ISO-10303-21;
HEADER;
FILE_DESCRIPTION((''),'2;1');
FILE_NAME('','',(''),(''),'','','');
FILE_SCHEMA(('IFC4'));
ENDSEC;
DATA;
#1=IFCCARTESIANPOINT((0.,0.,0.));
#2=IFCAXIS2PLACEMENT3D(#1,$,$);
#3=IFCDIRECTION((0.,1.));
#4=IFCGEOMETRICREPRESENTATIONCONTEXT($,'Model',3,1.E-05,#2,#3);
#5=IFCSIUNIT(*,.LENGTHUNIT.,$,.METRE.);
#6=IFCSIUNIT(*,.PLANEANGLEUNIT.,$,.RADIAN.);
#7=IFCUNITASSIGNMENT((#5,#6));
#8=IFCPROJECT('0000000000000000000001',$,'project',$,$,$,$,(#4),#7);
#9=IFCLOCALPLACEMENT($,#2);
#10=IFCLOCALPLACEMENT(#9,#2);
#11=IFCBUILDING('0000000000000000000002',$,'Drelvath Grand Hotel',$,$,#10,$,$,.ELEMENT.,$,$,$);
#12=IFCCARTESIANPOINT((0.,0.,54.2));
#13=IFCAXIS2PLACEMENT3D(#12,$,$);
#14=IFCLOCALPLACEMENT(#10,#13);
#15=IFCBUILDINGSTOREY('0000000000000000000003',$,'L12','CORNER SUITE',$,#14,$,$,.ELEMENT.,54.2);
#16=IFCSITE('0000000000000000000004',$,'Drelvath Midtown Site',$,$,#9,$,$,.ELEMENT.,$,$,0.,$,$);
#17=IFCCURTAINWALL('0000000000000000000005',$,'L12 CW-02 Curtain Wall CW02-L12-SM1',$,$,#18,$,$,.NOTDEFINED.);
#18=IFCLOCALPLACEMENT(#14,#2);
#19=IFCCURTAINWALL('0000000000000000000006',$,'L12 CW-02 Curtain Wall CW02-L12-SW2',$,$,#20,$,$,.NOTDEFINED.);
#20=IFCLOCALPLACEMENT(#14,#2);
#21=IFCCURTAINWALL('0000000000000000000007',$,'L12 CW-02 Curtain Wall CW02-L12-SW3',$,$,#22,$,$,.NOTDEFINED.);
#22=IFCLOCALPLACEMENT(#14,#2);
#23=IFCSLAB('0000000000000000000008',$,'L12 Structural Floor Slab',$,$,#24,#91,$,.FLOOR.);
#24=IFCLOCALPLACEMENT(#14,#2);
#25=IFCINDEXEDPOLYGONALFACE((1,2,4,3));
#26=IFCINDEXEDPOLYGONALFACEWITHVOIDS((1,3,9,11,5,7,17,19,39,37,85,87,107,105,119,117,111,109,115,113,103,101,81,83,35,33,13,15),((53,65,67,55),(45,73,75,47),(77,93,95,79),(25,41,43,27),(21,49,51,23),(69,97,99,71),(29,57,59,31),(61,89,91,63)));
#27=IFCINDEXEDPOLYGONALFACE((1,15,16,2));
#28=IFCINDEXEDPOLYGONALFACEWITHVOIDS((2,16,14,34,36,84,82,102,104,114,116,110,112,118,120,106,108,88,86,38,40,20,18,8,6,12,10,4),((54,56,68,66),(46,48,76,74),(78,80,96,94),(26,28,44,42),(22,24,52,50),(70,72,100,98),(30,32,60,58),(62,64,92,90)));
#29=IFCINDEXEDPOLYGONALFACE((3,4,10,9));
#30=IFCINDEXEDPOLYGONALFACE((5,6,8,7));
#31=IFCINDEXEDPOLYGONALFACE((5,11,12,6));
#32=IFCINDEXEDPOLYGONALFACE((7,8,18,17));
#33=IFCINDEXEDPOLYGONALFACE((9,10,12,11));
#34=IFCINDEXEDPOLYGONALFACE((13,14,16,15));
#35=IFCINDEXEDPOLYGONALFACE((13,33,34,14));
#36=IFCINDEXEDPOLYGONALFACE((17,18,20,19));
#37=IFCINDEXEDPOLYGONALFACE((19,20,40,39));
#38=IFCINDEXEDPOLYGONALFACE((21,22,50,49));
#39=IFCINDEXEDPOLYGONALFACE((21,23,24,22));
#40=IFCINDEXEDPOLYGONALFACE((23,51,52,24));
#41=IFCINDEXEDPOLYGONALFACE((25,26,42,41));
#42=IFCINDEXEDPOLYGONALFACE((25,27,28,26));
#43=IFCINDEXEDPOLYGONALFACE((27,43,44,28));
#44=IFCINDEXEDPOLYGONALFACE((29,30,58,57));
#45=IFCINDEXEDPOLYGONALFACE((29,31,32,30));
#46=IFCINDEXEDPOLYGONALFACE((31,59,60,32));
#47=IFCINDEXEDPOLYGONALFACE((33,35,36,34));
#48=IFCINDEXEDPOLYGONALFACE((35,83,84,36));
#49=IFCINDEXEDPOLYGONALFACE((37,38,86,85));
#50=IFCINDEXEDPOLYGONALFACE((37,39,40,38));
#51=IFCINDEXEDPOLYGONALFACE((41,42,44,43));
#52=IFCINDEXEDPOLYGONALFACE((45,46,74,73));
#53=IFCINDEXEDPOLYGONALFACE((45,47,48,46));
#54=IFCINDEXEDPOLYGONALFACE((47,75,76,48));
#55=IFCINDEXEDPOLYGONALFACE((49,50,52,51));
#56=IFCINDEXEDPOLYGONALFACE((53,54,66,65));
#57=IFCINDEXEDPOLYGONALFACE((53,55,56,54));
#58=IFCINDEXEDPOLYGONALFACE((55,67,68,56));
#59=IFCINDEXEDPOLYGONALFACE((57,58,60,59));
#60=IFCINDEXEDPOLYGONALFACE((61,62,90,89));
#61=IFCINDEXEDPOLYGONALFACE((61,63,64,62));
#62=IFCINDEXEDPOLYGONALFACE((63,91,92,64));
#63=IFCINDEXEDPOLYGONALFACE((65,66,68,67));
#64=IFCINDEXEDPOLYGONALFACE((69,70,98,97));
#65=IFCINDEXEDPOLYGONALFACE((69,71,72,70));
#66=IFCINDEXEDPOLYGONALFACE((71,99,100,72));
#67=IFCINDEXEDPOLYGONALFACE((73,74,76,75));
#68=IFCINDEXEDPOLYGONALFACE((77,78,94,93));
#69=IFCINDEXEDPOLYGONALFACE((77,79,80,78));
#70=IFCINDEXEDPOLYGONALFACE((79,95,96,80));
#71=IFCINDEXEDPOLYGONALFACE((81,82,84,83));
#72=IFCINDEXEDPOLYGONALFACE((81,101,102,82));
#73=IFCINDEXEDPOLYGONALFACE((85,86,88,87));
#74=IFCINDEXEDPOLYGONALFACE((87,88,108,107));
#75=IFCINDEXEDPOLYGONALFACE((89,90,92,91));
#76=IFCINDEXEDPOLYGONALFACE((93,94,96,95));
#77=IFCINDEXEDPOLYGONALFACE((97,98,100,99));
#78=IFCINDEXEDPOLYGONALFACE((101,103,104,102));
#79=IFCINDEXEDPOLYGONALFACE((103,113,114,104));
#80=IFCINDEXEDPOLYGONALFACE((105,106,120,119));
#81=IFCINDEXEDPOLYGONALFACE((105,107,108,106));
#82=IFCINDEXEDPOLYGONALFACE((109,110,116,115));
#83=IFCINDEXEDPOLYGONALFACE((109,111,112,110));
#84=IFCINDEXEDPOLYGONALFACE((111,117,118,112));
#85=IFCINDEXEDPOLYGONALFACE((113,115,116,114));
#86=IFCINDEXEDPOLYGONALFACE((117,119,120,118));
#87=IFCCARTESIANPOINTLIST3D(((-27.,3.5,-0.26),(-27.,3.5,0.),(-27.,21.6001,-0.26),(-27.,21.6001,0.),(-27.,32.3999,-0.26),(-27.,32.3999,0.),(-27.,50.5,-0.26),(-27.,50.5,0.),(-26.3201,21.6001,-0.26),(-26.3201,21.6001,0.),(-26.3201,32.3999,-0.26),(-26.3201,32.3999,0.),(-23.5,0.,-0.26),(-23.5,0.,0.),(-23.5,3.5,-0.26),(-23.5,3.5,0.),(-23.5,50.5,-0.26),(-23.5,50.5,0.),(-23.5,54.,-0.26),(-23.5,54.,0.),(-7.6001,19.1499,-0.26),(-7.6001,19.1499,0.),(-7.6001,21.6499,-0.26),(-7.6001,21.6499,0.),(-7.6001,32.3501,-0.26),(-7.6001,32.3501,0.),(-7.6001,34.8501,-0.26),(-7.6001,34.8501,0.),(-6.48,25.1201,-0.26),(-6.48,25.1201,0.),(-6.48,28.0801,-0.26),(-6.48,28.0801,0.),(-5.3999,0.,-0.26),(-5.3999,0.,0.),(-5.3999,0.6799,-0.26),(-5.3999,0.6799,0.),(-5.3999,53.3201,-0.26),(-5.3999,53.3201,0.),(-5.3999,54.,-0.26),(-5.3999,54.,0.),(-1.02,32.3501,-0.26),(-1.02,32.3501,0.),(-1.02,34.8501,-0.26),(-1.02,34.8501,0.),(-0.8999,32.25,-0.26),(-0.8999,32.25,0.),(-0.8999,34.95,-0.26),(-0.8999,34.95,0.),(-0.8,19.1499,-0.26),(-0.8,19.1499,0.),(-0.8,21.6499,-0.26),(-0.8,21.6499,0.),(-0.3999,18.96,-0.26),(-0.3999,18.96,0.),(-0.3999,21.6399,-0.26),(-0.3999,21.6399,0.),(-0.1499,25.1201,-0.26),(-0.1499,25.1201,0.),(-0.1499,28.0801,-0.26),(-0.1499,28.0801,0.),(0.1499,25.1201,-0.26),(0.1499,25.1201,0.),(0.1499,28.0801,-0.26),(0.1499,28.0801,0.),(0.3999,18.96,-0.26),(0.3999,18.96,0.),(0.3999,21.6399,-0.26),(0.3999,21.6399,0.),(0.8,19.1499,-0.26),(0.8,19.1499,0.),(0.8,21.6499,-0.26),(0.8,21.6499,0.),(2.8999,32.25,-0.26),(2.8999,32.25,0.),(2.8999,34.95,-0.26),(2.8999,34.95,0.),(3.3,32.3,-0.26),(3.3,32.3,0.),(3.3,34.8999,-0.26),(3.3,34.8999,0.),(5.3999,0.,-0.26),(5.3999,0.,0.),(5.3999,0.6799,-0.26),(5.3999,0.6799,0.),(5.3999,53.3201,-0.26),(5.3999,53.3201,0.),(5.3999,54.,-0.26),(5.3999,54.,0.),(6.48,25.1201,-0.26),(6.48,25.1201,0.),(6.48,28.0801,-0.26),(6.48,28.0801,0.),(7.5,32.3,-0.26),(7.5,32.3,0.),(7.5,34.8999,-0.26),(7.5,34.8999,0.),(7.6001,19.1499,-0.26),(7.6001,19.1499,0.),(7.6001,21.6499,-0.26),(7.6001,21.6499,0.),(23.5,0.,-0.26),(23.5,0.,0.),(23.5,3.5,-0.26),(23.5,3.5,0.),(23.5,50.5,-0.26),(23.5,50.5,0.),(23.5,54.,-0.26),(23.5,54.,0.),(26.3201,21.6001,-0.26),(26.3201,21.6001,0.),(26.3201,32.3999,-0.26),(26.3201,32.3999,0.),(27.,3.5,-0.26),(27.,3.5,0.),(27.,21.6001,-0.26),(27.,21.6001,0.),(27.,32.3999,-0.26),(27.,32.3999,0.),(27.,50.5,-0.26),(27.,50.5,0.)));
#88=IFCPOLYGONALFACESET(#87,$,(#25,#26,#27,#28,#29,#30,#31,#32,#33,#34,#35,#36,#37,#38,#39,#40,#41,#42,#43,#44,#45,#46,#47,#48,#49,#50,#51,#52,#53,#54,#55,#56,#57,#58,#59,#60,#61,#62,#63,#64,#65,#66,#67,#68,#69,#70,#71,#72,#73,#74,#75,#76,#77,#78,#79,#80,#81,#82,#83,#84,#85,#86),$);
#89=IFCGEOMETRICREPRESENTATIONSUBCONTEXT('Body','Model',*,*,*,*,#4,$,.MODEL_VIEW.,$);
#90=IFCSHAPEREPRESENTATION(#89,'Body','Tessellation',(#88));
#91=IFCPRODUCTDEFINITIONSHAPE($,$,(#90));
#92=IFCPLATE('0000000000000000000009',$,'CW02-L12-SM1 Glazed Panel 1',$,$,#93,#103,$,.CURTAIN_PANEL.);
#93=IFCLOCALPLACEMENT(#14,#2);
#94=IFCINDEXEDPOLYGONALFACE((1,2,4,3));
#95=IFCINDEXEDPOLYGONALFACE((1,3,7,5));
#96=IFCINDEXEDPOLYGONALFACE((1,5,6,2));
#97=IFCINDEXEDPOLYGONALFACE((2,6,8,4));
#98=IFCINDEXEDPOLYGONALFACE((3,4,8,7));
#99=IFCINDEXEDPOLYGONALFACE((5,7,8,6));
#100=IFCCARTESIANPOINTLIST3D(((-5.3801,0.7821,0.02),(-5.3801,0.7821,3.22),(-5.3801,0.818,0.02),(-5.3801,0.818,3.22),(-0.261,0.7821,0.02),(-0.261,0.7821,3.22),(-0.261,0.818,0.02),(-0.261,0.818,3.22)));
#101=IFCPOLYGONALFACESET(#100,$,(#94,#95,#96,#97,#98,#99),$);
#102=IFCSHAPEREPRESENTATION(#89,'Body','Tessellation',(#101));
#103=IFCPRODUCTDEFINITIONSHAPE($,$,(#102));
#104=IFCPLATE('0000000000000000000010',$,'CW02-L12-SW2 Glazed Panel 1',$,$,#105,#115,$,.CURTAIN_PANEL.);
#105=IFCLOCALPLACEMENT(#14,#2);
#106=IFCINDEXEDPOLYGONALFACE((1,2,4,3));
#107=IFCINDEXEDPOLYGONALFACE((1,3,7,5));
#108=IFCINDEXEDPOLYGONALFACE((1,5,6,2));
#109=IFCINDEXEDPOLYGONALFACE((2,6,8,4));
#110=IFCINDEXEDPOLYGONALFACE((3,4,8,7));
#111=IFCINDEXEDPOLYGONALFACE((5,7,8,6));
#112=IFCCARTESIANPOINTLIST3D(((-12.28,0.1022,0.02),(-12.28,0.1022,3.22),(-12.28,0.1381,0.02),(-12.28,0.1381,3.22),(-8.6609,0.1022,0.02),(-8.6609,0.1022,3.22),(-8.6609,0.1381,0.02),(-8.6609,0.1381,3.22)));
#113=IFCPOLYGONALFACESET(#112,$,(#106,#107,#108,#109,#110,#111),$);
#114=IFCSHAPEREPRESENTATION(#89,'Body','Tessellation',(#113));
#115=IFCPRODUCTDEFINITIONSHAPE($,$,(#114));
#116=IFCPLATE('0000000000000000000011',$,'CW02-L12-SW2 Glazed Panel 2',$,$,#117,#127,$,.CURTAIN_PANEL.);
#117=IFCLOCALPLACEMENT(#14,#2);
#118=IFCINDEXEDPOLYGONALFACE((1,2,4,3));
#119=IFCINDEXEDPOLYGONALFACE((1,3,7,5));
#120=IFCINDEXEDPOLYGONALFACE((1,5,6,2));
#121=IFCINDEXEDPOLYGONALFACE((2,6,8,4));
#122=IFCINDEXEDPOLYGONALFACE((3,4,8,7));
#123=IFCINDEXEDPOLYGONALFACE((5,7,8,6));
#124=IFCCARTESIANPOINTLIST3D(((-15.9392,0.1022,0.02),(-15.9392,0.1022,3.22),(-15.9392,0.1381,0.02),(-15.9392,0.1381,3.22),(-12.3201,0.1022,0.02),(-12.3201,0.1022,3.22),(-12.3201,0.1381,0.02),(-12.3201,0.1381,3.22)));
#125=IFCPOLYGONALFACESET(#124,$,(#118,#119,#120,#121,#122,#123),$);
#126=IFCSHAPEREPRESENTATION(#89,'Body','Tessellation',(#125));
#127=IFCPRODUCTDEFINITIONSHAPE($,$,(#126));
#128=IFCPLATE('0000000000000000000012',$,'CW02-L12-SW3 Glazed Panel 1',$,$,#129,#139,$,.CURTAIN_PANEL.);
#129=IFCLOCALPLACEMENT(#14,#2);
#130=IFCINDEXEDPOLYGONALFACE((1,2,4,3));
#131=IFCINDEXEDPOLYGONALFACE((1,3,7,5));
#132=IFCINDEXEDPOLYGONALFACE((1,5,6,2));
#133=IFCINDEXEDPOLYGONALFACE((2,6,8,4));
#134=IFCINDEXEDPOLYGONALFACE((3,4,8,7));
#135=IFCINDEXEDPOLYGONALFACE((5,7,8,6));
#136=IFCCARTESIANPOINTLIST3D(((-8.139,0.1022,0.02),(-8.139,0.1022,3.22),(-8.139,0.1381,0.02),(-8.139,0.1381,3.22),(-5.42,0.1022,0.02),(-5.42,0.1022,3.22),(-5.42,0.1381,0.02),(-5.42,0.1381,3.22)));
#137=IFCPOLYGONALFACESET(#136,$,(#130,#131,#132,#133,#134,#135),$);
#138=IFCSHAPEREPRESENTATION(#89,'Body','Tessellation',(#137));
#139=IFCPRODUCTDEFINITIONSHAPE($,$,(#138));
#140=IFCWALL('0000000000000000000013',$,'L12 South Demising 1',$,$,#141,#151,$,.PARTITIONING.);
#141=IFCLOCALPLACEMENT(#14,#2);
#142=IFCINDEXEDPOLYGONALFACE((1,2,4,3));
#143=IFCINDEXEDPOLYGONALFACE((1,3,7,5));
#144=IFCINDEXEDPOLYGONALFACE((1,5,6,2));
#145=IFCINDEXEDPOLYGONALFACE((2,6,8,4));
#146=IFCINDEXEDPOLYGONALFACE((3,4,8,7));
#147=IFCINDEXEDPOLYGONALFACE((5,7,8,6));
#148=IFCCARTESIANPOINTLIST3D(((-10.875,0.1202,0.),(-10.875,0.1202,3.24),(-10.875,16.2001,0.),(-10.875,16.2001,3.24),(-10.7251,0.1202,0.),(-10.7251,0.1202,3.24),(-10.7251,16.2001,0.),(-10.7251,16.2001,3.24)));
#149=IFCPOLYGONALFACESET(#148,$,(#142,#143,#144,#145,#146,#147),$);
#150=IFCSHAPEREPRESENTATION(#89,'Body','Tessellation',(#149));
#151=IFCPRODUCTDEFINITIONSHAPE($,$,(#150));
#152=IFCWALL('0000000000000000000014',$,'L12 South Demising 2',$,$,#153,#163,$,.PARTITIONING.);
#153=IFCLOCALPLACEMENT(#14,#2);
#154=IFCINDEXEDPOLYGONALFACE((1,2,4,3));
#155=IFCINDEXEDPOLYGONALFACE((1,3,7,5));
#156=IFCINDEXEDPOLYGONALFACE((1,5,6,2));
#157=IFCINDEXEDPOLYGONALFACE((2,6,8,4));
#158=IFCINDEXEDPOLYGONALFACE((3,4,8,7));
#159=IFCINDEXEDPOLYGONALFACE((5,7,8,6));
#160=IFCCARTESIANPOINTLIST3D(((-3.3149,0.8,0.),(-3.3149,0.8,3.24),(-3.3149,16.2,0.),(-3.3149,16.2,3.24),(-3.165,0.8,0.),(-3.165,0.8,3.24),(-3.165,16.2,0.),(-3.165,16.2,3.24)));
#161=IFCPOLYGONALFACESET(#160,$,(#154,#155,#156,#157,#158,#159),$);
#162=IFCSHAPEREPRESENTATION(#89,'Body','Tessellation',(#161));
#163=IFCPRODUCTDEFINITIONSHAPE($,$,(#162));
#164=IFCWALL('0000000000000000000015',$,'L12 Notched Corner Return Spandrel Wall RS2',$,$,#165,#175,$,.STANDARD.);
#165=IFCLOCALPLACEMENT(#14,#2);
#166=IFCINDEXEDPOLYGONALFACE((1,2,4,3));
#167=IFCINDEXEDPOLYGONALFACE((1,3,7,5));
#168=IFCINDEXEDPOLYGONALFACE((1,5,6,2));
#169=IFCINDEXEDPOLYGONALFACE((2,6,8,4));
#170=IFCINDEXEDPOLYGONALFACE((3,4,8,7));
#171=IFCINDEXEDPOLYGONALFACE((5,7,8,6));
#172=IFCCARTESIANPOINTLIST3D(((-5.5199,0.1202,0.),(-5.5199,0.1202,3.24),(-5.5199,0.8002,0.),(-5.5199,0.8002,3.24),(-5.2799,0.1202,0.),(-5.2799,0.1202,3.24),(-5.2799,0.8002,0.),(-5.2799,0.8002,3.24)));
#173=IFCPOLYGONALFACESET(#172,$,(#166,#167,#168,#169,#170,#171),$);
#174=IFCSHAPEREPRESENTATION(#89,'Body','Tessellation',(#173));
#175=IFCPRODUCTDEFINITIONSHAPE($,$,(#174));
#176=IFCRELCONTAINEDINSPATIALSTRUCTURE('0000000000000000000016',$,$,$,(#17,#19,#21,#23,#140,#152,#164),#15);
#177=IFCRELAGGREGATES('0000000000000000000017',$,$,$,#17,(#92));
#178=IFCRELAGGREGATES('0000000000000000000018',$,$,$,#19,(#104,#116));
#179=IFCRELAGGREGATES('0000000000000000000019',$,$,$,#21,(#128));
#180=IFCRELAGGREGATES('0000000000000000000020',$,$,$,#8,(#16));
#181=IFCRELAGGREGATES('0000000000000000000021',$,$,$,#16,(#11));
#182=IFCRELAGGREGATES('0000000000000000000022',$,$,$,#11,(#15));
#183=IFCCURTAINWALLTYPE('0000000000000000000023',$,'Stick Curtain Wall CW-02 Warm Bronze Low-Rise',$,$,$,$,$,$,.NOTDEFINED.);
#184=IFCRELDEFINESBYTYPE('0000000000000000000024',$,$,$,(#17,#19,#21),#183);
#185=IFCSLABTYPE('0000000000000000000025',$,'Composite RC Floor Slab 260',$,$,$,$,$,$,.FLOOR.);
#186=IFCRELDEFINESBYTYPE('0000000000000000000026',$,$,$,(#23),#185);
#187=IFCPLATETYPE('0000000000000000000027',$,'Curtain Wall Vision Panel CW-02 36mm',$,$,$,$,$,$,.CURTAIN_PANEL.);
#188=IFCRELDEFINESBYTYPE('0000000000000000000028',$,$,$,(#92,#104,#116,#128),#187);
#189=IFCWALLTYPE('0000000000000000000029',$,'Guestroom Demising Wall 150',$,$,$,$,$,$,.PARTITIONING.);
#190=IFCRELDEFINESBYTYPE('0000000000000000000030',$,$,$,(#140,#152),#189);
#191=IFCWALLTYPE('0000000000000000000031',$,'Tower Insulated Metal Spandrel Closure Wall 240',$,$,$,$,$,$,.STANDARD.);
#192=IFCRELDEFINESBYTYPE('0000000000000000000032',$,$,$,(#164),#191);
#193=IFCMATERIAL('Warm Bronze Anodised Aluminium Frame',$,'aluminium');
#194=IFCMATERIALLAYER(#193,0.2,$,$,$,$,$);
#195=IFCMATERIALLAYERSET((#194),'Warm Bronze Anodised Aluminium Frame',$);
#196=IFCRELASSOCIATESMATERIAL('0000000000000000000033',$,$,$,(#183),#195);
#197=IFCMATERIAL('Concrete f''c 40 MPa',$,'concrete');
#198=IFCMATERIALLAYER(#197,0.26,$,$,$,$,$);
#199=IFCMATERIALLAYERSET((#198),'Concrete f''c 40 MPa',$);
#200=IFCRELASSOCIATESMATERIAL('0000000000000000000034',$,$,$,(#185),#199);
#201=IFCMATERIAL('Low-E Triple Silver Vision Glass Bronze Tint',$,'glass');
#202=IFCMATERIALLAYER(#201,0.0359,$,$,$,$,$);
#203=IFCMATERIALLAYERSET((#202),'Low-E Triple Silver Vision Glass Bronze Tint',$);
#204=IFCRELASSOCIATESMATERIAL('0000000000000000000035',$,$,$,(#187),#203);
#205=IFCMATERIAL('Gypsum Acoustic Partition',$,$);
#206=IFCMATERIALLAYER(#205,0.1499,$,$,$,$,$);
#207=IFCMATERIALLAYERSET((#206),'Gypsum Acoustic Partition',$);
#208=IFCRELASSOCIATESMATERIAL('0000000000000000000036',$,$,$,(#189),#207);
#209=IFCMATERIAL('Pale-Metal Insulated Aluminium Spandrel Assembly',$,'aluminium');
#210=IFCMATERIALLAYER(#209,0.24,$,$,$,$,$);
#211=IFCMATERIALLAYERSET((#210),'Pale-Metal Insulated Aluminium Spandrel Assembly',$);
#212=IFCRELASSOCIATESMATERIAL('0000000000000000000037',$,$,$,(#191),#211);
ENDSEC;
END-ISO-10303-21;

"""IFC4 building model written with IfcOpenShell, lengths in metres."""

from ifc_helpers import new_model, si_unit, direction, frame, frame_2d, origin, origin_2d, place, context, subcontext, project, spatial, polyline, rectangle, outline, extrude, material, layer, layer_set, type_object, element, aggregate, save


model = new_model("IFC4")

# Units and contexts
model_context = context("Model", 3, precision=1e-05, world=origin(), true_north=direction((0.0, 1.0)))
body_context = subcontext(model_context, "Body", "Model", "MODEL_VIEW")
ifc_project = project(units=[si_unit("LENGTHUNIT", "METRE"), si_unit("PLANEANGLEUNIT", "RADIAN")], contexts=[model_context])

# Site, building, storey
site_placement = place(None, origin())
site = spatial("IfcSite", under=ifc_project, at=site_placement, Name="Drelvath Midtown Site", CompositionType="ELEMENT", RefElevation=0.0)
building_placement = place(site_placement, origin())
building = spatial("IfcBuilding", under=site, at=building_placement, Name="Drelvath Grand Hotel", CompositionType="ELEMENT")
storey_placement = place(building_placement, frame((0.0, 0.0, 54.2)))
storey = spatial("IfcBuildingStorey", under=building, at=storey_placement, Name="L12", Description="CORNER SUITE", CompositionType="ELEMENT", Elevation=54.2)

# Curtain walls
ifc_material_1 = material(Name="Warm Bronze Anodised Aluminium Frame", Category="aluminium")
ifc_layer_1 = layer(ifc_material_1, 0.2)
ifc_layer_set_1 = layer_set([ifc_layer_1], Name="Warm Bronze Anodised Aluminium Frame")
curtain_wall_type = type_object("IfcCurtainWallType", Name="Stick Curtain Wall CW-02 Warm Bronze Low-Rise", PredefinedType="NOTDEFINED", material=ifc_layer_set_1)
curtain_wall_1_placement = place(storey_placement, origin())
curtain_wall_1 = element("IfcCurtainWall", 1, at=curtain_wall_1_placement, inside=storey, type_object=curtain_wall_type, Name="L12 CW-02 Curtain Wall CW02-L12-SM1", PredefinedType="NOTDEFINED")
curtain_wall_2_placement = place(storey_placement, origin())
curtain_wall_2 = element("IfcCurtainWall", 2, at=curtain_wall_2_placement, inside=storey, type_object=curtain_wall_type, Name="L12 CW-02 Curtain Wall CW02-L12-SW2", PredefinedType="NOTDEFINED")
curtain_wall_3_placement = place(storey_placement, origin())
curtain_wall_3 = element("IfcCurtainWall", 3, at=curtain_wall_3_placement, inside=storey, type_object=curtain_wall_type, Name="L12 CW-02 Curtain Wall CW02-L12-SW3", PredefinedType="NOTDEFINED")

# Slab
ifc_material_2 = material(Name="Concrete f'c 40 MPa", Category="concrete")
ifc_layer_2 = layer(ifc_material_2, 0.26)
ifc_layer_set_2 = layer_set([ifc_layer_2], Name="Concrete f'c 40 MPa")
slab_type = type_object("IfcSlabType", Name="Composite RC Floor Slab 260", PredefinedType="FLOOR", material=ifc_layer_set_2)
slab_placement = place(storey_placement, frame((0.0, 0.0, -0.26)))
element("IfcSlab", 4, at=slab_placement, inside=storey, type_object=slab_type, Name="L12 Structural Floor Slab", PredefinedType="FLOOR", context=body_context, shape_type="SweptSolid", body=[
    extrude(outline(polyline([(-23.5, 0.0), (-5.3999, 0.0), (-5.3999, 0.6799), (5.3999, 0.6799), (5.3999, 0.0), (23.5, 0.0), (23.5, 3.5), (27.0, 3.5), (27.0, 21.6001), (26.3201, 21.6001), (26.3201, 32.3999), (27.0, 32.3999), (27.0, 50.5), (23.5, 50.5), (23.5, 54.0), (5.3999, 54.0), (5.3999, 53.3201), (-5.3999, 53.3201), (-5.3999, 54.0), (-23.5, 54.0), (-23.5, 50.5), (-27.0, 50.5), (-27.0, 32.3999), (-26.3201, 32.3999), (-26.3201, 21.6001), (-27.0, 21.6001), (-27.0, 3.5), (-23.5, 3.5), (-23.5, 0.0)]), holes=[polyline([(-6.48, 25.1201), (-6.48, 28.0801), (-0.1499, 28.0801), (-0.1499, 25.1201), (-6.48, 25.1201)]), polyline([(0.1499, 25.1201), (0.1499, 28.0801), (6.48, 28.0801), (6.48, 25.1201), (0.1499, 25.1201)]), polyline([(-7.6001, 19.1499), (-7.6001, 21.6499), (-0.8, 21.6499), (-0.8, 19.1499), (-7.6001, 19.1499)]), polyline([(-0.3999, 18.96), (-0.3999, 21.6399), (0.3999, 21.6399), (0.3999, 18.96), (-0.3999, 18.96)]), polyline([(0.8, 19.1499), (0.8, 21.6499), (7.6001, 21.6499), (7.6001, 19.1499), (0.8, 19.1499)]), polyline([(-7.6001, 32.3501), (-7.6001, 34.8501), (-1.02, 34.8501), (-1.02, 32.3501), (-7.6001, 32.3501)]), polyline([(-0.8999, 32.25), (-0.8999, 34.95), (2.8999, 34.95), (2.8999, 32.25), (-0.8999, 32.25)]), polyline([(3.3, 32.3), (3.3, 34.8999), (7.5, 34.8999), (7.5, 32.3), (3.3, 32.3)])]), origin(), (0.0, 0.0, 1.0), 0.26),
])

# Plates
ifc_material_3 = material(Name="Low-E Triple Silver Vision Glass Bronze Tint", Category="glass")
ifc_layer_3 = layer(ifc_material_3, 0.0359)
ifc_layer_set_3 = layer_set([ifc_layer_3], Name="Low-E Triple Silver Vision Glass Bronze Tint")
plate_type = type_object("IfcPlateType", Name="Curtain Wall Vision Panel CW-02 36mm", PredefinedType="CURTAIN_PANEL", material=ifc_layer_set_3)
plate_1_placement = place(storey_placement, frame((-2.8206, 0.8, 0.02), z_axis=(0.0, 0.0, 1.0), x_axis=(-1.0, 0.0, 0.0)))
plate_1 = element("IfcPlate", 5, at=plate_1_placement, type_object=plate_type, Name="CW02-L12-SM1 Glazed Panel 1", PredefinedType="CURTAIN_PANEL", context=body_context, shape_type="SweptSolid", body=[
    extrude(rectangle(XDim=5.1191, YDim=0.0359, at=origin_2d()), origin(), (0.0, 0.0, 1.0), 3.2),
])
aggregate(curtain_wall_1, [plate_1])
plate_2_placement = place(storey_placement, frame((-10.4705, 0.1201, 0.02), z_axis=(0.0, 0.0, 1.0), x_axis=(-1.0, 0.0, 0.0)))
plate_2 = element("IfcPlate", 6, at=plate_2_placement, type_object=plate_type, Name="CW02-L12-SW2 Glazed Panel 1", PredefinedType="CURTAIN_PANEL", context=body_context, shape_type="SweptSolid", body=[
    extrude(rectangle(XDim=3.6191, YDim=0.0359, at=origin_2d()), origin(), (0.0, 0.0, 1.0), 3.2),
])
plate_3_placement = place(storey_placement, frame((-14.1296, 0.1201, 0.02), z_axis=(0.0, 0.0, 1.0), x_axis=(-1.0, 0.0, 0.0)))
plate_3 = element("IfcPlate", 7, at=plate_3_placement, type_object=plate_type, Name="CW02-L12-SW2 Glazed Panel 2", PredefinedType="CURTAIN_PANEL", context=body_context, shape_type="SweptSolid", body=[
    extrude(rectangle(XDim=3.6191, YDim=0.0359, at=origin_2d()), origin(), (0.0, 0.0, 1.0), 3.2),
])
aggregate(curtain_wall_2, [plate_2, plate_3])
plate_4_placement = place(storey_placement, frame((-6.7795, 0.1201, 0.02), z_axis=(0.0, 0.0, 1.0), x_axis=(-1.0, 0.0, 0.0)))
plate_4 = element("IfcPlate", 8, at=plate_4_placement, type_object=plate_type, Name="CW02-L12-SW3 Glazed Panel 1", PredefinedType="CURTAIN_PANEL", context=body_context, shape_type="SweptSolid", body=[
    extrude(rectangle(XDim=2.719, YDim=0.0359, at=origin_2d()), origin(), (0.0, 0.0, 1.0), 3.2),
])
aggregate(curtain_wall_3, [plate_4])

# Walls
ifc_material_4 = material(Name="Gypsum Acoustic Partition")
ifc_layer_4 = layer(ifc_material_4, 0.1499)
ifc_layer_set_4 = layer_set([ifc_layer_4], Name="Gypsum Acoustic Partition")
wall_type_1 = type_object("IfcWallType", Name="Guestroom Demising Wall 150", PredefinedType="PARTITIONING", material=ifc_layer_set_4)
wall_1_placement = place(storey_placement, frame((-10.8, 0.1201, 0.0), z_axis=(0.0, 0.0, 1.0), x_axis=(0.0, 1.0, 0.0)))
element("IfcWall", 9, at=wall_1_placement, inside=storey, type_object=wall_type_1, Name="L12 South Demising 1", PredefinedType="PARTITIONING", context=body_context, shape_type="SweptSolid", body=[
    extrude(rectangle(XDim=16.0798, YDim=0.1499, at=frame_2d((8.04, 0.0))), origin(), (0.0, 0.0, 1.0), 3.24),
])
wall_2_placement = place(storey_placement, frame((-3.24, 0.8, 0.0), z_axis=(0.0, 0.0, 1.0), x_axis=(0.0, 1.0, 0.0)))
element("IfcWall", 10, at=wall_2_placement, inside=storey, type_object=wall_type_1, Name="L12 South Demising 2", PredefinedType="PARTITIONING", context=body_context, shape_type="SweptSolid", body=[
    extrude(rectangle(XDim=15.3999, YDim=0.1499, at=frame_2d((7.7, 0.0))), origin(), (0.0, 0.0, 1.0), 3.24),
])
ifc_material_5 = material(Name="Pale-Metal Insulated Aluminium Spandrel Assembly", Category="aluminium")
ifc_layer_5 = layer(ifc_material_5, 0.24)
ifc_layer_set_5 = layer_set([ifc_layer_5], Name="Pale-Metal Insulated Aluminium Spandrel Assembly")
wall_type_2 = type_object("IfcWallType", Name="Tower Insulated Metal Spandrel Closure Wall 240", PredefinedType="STANDARD", material=ifc_layer_set_5)
wall_3_placement = place(storey_placement, frame((-5.3999, 0.8, 0.0), z_axis=(0.0, 0.0, 1.0), x_axis=(0.0, -1.0, 0.0)))
element("IfcWall", 11, at=wall_3_placement, inside=storey, type_object=wall_type_2, Name="L12 Notched Corner Return Spandrel Wall RS2", PredefinedType="STANDARD", context=body_context, shape_type="SweptSolid", body=[
    extrude(rectangle(XDim=0.6799, YDim=0.24, at=frame_2d((0.3398, 0.0))), origin(), (0.0, 0.0, 1.0), 3.24),
])

save(model, "model.ifc")
